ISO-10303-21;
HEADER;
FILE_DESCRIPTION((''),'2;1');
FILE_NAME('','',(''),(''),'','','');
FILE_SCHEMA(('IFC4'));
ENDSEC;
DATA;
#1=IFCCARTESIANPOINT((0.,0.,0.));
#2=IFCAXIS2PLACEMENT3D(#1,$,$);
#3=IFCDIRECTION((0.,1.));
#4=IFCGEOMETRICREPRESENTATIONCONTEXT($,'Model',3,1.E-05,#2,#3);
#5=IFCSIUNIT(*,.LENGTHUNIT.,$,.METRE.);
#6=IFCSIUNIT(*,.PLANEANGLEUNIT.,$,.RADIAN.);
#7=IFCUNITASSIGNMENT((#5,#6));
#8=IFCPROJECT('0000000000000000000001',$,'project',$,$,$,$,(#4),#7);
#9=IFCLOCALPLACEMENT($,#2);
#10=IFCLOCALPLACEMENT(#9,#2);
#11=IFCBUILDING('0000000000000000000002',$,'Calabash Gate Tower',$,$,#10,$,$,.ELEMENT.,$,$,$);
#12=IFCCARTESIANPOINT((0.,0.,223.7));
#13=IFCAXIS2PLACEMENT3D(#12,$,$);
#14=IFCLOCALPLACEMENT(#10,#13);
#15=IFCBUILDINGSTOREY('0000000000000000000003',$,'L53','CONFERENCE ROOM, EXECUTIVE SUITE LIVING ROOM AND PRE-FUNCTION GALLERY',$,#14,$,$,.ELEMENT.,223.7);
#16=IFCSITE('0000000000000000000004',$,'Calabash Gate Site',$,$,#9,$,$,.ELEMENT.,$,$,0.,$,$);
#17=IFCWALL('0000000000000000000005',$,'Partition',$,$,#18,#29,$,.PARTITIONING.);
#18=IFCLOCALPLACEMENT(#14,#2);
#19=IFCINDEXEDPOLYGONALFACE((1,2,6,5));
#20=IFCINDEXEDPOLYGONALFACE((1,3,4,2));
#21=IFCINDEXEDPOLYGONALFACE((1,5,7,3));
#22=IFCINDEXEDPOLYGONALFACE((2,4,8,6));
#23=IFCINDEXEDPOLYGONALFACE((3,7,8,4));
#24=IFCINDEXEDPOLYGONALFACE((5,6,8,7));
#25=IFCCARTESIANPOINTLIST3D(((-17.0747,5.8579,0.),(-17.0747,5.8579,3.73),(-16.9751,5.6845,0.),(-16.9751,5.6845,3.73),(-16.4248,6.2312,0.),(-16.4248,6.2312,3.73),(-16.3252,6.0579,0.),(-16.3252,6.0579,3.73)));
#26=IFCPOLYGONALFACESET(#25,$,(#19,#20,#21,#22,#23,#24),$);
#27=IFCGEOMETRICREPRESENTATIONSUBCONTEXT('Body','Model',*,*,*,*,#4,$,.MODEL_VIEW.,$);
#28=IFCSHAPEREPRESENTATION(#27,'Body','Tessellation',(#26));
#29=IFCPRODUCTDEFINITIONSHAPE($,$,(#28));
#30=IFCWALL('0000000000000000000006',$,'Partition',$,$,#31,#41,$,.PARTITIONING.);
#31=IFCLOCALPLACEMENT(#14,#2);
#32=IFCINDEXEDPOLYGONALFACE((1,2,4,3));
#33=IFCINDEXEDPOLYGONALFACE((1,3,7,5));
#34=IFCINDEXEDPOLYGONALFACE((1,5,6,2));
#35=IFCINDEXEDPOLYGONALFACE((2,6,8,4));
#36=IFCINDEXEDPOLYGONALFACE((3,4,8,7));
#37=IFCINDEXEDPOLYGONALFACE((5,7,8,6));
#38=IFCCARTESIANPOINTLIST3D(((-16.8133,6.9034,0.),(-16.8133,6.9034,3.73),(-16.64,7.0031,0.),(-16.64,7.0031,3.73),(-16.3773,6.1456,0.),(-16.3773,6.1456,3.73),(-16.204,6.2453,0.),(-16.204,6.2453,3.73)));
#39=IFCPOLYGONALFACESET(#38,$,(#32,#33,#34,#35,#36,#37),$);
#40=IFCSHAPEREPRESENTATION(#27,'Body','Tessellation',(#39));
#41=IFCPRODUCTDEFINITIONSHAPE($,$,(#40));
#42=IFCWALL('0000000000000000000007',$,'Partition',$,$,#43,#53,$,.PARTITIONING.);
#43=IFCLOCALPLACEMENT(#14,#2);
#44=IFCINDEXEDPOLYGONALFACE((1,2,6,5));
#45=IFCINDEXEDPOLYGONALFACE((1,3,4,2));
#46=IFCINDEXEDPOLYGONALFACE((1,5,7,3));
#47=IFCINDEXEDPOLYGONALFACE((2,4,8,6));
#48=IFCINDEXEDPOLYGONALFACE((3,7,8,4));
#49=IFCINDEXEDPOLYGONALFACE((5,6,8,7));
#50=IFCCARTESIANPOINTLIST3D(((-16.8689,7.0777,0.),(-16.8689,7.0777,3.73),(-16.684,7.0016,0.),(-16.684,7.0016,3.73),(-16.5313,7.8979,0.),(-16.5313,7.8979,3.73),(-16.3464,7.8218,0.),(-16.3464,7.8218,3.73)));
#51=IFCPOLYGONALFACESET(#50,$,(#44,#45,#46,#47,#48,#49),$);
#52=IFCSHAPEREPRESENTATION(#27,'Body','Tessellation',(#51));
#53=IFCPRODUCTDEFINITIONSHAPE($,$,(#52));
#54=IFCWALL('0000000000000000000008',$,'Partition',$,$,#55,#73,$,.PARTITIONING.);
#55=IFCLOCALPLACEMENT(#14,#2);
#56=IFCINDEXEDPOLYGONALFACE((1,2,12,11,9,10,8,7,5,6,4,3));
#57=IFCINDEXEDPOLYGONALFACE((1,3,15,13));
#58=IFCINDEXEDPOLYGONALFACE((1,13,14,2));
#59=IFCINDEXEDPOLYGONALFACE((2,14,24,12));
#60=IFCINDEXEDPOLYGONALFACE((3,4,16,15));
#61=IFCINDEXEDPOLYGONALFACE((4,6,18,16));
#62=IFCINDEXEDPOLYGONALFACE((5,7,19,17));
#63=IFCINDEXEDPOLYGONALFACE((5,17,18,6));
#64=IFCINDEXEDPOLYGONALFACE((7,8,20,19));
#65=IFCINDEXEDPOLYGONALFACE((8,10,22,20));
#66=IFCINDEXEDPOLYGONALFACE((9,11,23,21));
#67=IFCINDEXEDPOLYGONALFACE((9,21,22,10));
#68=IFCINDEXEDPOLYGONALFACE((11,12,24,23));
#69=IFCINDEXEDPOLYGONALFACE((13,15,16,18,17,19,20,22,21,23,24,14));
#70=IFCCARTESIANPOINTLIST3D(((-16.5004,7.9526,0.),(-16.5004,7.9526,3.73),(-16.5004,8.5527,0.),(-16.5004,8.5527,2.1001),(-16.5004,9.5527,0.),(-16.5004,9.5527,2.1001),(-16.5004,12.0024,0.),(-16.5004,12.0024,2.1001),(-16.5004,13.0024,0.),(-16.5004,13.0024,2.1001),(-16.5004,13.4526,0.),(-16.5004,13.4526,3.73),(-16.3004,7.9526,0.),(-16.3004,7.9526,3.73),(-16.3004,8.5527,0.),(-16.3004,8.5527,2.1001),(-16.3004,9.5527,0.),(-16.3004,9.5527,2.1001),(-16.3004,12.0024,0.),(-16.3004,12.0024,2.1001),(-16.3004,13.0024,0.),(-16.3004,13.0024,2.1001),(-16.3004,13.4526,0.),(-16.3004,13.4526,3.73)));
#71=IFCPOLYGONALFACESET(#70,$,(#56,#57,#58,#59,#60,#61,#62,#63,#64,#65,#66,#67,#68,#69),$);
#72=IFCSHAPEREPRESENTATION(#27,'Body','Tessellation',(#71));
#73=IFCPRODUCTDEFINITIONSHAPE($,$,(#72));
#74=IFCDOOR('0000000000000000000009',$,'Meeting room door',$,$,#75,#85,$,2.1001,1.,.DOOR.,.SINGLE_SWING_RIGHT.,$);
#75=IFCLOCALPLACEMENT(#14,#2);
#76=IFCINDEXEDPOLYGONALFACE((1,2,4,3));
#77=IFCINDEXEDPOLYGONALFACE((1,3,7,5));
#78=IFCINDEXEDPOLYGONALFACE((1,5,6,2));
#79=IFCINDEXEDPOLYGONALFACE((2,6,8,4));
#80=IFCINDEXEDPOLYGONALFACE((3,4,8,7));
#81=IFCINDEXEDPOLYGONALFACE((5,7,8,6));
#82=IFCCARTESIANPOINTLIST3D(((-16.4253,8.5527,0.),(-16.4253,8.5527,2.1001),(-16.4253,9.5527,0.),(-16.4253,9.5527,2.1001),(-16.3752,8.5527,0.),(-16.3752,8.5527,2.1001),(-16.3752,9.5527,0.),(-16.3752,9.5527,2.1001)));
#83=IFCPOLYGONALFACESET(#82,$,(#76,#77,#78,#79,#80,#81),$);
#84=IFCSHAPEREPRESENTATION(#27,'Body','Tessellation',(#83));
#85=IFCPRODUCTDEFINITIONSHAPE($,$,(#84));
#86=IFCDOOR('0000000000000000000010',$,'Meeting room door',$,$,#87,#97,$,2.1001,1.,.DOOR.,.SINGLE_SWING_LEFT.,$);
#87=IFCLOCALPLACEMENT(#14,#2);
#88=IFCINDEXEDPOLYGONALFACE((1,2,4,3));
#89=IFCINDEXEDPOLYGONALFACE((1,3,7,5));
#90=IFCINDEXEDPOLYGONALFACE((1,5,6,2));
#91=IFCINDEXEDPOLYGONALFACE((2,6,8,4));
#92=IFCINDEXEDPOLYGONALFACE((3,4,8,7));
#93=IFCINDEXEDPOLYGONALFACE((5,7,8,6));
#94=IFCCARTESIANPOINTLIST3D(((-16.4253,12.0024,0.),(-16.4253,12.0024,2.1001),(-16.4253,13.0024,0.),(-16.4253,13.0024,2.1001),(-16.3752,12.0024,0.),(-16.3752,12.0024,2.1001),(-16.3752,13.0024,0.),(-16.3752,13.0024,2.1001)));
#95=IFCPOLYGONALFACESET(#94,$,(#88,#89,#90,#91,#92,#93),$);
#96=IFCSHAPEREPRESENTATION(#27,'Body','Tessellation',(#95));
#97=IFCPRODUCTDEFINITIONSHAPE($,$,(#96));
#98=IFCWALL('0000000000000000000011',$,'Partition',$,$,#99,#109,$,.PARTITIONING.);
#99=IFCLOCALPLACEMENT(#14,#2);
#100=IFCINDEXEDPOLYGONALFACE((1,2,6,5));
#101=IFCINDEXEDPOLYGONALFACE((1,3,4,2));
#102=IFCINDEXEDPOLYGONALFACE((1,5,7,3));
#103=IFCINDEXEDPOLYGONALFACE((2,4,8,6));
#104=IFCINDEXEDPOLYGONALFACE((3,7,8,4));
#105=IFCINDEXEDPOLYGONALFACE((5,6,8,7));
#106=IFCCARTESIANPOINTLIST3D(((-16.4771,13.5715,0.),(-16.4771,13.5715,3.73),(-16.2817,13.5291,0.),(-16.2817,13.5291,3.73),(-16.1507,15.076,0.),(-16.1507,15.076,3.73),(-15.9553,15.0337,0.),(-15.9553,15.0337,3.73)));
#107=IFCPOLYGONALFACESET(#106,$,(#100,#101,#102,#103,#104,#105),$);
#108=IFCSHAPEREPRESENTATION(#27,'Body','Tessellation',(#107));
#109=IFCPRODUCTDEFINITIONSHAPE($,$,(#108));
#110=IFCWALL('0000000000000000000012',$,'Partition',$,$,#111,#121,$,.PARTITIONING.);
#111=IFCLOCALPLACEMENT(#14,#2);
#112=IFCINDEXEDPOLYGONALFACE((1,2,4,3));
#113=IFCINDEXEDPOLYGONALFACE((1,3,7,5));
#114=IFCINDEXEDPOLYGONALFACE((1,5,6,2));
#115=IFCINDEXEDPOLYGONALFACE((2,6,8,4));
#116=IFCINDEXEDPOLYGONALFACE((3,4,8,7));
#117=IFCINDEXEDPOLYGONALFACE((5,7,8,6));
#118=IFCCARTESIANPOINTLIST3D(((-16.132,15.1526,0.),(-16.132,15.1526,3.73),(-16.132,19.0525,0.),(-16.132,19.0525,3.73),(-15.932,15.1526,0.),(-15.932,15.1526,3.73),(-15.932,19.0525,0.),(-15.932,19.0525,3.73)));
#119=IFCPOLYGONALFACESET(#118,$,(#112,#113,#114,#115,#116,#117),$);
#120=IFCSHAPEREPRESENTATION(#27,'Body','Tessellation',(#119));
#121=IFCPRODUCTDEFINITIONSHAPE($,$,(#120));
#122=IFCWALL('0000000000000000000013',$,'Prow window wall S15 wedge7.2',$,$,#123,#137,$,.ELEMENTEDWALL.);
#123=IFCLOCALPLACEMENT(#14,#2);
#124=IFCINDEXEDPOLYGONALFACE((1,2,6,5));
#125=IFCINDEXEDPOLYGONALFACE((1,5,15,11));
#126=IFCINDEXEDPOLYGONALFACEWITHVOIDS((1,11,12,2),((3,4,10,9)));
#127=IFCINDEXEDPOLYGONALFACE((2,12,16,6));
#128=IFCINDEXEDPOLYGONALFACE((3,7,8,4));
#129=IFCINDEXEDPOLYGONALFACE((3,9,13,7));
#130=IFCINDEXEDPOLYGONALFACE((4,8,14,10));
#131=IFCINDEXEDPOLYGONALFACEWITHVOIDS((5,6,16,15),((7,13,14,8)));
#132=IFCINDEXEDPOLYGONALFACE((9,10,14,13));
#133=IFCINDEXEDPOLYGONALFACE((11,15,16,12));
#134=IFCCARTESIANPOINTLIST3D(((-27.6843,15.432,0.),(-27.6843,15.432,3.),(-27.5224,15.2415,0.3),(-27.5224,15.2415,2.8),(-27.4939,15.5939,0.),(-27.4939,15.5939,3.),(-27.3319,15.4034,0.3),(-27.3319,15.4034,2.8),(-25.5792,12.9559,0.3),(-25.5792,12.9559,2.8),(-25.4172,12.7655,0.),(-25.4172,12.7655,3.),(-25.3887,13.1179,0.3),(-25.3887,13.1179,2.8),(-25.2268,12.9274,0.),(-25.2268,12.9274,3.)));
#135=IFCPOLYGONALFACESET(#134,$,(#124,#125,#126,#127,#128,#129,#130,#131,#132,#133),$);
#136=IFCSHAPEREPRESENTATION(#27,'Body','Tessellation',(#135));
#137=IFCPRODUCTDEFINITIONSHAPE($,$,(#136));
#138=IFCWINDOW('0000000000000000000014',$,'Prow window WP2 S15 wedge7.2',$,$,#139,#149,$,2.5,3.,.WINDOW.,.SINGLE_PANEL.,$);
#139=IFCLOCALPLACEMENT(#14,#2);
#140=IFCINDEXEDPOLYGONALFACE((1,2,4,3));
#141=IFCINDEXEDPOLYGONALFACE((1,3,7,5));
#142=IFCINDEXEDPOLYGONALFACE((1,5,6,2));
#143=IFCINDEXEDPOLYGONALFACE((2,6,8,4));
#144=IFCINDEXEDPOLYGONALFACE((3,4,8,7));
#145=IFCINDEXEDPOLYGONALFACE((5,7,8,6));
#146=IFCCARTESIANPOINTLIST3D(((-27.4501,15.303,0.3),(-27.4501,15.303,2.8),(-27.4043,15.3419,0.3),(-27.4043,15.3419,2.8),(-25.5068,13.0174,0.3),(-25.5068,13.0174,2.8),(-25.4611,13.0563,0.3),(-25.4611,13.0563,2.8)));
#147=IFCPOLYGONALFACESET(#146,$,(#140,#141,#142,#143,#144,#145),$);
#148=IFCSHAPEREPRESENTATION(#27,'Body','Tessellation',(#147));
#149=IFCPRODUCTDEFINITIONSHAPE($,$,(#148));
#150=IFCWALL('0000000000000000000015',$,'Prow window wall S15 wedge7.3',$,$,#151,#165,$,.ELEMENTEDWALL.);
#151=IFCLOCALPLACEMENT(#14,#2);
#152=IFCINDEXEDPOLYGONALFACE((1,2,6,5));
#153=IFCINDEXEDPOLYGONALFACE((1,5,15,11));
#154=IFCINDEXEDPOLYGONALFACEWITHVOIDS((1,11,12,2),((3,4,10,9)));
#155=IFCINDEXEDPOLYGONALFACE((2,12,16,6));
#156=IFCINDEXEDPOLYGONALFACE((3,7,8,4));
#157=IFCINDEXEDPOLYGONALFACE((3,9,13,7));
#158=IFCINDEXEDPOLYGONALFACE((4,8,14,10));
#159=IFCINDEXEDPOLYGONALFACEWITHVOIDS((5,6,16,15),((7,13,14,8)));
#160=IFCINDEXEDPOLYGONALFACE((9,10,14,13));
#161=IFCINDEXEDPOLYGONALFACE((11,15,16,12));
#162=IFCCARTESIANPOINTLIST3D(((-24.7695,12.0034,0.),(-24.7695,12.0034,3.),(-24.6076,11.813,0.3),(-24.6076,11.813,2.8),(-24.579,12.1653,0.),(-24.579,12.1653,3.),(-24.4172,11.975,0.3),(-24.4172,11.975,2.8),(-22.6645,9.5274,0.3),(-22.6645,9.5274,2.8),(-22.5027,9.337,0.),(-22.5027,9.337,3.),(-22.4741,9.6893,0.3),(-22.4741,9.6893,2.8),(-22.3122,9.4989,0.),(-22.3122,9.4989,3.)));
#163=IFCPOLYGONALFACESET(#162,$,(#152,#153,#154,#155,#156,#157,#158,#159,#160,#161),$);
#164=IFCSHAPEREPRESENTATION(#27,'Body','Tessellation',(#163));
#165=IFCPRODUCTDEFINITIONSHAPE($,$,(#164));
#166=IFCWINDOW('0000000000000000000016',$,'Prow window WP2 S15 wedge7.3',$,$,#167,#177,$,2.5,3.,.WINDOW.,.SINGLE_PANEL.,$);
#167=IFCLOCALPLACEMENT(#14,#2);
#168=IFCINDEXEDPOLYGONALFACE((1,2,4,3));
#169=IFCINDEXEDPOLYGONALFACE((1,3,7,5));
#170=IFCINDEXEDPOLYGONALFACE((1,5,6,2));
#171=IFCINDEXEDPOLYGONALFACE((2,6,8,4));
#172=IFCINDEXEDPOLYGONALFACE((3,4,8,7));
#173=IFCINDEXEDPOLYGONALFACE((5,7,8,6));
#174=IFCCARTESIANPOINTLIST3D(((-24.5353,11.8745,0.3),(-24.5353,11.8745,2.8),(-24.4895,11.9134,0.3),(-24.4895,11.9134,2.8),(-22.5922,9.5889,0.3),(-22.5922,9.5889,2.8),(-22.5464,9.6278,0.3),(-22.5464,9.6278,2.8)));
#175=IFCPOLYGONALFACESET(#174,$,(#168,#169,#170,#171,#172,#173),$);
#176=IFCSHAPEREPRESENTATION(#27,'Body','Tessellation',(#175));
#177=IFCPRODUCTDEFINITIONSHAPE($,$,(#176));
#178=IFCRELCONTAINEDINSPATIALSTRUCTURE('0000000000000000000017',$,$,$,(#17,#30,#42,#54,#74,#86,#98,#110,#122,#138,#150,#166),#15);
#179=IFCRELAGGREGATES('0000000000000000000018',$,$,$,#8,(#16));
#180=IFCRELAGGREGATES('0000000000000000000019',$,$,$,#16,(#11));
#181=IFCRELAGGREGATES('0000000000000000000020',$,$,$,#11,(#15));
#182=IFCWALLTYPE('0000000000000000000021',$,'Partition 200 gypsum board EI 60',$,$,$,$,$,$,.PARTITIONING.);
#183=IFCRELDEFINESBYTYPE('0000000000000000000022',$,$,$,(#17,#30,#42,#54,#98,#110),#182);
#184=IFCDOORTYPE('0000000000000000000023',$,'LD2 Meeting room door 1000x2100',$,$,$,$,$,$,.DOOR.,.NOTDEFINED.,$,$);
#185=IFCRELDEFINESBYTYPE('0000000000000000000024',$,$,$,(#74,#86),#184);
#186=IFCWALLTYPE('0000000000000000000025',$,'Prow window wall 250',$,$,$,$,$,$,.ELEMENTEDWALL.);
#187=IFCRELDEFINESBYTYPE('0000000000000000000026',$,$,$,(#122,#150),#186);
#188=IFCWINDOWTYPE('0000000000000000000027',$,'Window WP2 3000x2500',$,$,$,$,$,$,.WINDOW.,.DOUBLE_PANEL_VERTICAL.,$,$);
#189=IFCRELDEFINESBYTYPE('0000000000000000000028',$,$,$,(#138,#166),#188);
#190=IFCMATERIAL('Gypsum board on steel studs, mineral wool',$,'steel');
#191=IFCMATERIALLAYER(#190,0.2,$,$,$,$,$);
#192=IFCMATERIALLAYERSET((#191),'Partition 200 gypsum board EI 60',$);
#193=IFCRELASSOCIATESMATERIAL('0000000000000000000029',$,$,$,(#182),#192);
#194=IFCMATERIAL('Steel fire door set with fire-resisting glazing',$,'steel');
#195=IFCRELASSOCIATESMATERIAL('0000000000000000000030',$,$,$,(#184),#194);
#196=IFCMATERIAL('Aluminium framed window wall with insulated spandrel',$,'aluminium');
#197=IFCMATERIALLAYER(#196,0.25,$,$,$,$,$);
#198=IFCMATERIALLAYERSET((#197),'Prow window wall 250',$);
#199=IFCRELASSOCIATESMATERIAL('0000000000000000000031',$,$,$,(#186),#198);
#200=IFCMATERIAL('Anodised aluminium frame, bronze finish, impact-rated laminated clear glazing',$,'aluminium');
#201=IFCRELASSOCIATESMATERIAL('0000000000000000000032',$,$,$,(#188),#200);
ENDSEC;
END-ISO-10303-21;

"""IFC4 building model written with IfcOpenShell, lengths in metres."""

from ifc_helpers import new_model, si_unit, direction, frame, frame_2d, origin, place, context, subcontext, project, spatial, rectangle, extrude, material, layer, layer_set, type_object, element, fill, save


model = new_model("IFC4")

# Units and contexts
model_context = context("Model", 3, precision=1e-05, world=origin(), true_north=direction((0.0, 1.0)))
body_context = subcontext(model_context, "Body", "Model", "MODEL_VIEW")
ifc_project = project(units=[si_unit("LENGTHUNIT", "METRE"), si_unit("PLANEANGLEUNIT", "RADIAN")], contexts=[model_context])

# Site, building, storey
site_placement = place(None, origin())
site = spatial("IfcSite", under=ifc_project, at=site_placement, Name="Calabash Gate Site", CompositionType="ELEMENT", RefElevation=0.0)
building_placement = place(site_placement, origin())
building = spatial("IfcBuilding", under=site, at=building_placement, Name="Calabash Gate Tower", CompositionType="ELEMENT")
storey_placement = place(building_placement, frame((0.0, 0.0, 223.7)))
storey = spatial("IfcBuildingStorey", under=building, at=storey_placement, Name="L53", Description="CONFERENCE ROOM, EXECUTIVE SUITE LIVING ROOM AND PRE-FUNCTION GALLERY", CompositionType="ELEMENT", Elevation=223.7)

# Walls
ifc_material_1 = material(Name="Gypsum board on steel studs, mineral wool", Category="steel")
ifc_layer_1 = layer(ifc_material_1, 0.2)
ifc_layer_set_1 = layer_set([ifc_layer_1], Name="Partition 200 gypsum board EI 60")
wall_type_1 = type_object("IfcWallType", Name="Partition 200 gypsum board EI 60", PredefinedType="PARTITIONING", material=ifc_layer_set_1)
wall_1_placement = place(storey_placement, frame((-17.0249, 5.7712, 0.0), z_axis=(0.0, 0.0, 1.0), x_axis=(0.867138, 0.498067, 0.0)))
element("IfcWall", 1, at=wall_1_placement, inside=storey, type_object=wall_type_1, Name="Partition", PredefinedType="PARTITIONING", context=body_context, shape_type="SweptSolid", body=[
    extrude(rectangle(XDim=0.7495, YDim=0.2, at=frame_2d((0.3748, 0.0))), origin(), (0.0, 0.0, 1.0), 3.73),
])
wall_2_placement = place(storey_placement, frame((-16.7266, 6.9531, 0.0), z_axis=(0.0, 0.0, 1.0), x_axis=(0.498723, -0.866761, 0.0)))
element("IfcWall", 2, at=wall_2_placement, inside=storey, type_object=wall_type_1, Name="Partition", PredefinedType="PARTITIONING", context=body_context, shape_type="SweptSolid", body=[
    extrude(rectangle(XDim=0.8743, YDim=0.2, at=frame_2d((0.437, 0.0))), origin(), (0.0, 0.0, 1.0), 3.73),
])
wall_3_placement = place(storey_placement, frame((-16.7764, 7.0398, 0.0), z_axis=(0.0, 0.0, 1.0), x_axis=(0.380625, 0.924729, 0.0)))
element("IfcWall", 3, at=wall_3_placement, inside=storey, type_object=wall_type_1, Name="Partition", PredefinedType="PARTITIONING", context=body_context, shape_type="SweptSolid", body=[
    extrude(rectangle(XDim=0.887, YDim=0.2, at=frame_2d((0.4434, 0.0))), origin(), (0.0, 0.0, 1.0), 3.73),
])

# Wall, openings, doors
wall_4_placement = place(storey_placement, frame((-16.4004, 7.9526, 0.0), z_axis=(0.0, 0.0, 1.0), x_axis=(0.0, 1.0, 0.0)))
wall_4 = element("IfcWall", 4, at=wall_4_placement, inside=storey, type_object=wall_type_1, Name="Partition", PredefinedType="PARTITIONING", context=body_context, shape_type="SweptSolid", body=[
    extrude(rectangle(XDim=5.5, YDim=0.2, at=frame_2d((2.75, 0.0))), origin(), (0.0, 0.0, 1.0), 3.73),
])
opening_1_placement = place(wall_4_placement, frame((0.6001, 0.0, 0.0)))
opening_1 = element("IfcOpeningElement", 5, at=opening_1_placement, cuts=wall_4, PredefinedType="OPENING", context=body_context, shape_type="SweptSolid", body=[
    extrude(rectangle(XDim=1.0, YDim=2.1001, at=frame_2d((0.5, 1.05))), frame((0.0, 0.1099, 0.0), z_axis=(0.0, -1.0, 0.0), x_axis=(1.0, 0.0, 0.0)), (0.0, 0.0, 1.0), 0.22),
])
opening_2_placement = place(wall_4_placement, frame((4.0498, 0.0, 0.0)))
opening_2 = element("IfcOpeningElement", 6, at=opening_2_placement, cuts=wall_4, PredefinedType="OPENING", context=body_context, shape_type="SweptSolid", body=[
    extrude(rectangle(XDim=1.0, YDim=2.1001, at=frame_2d((0.5, 1.05))), frame((0.0, 0.1099, 0.0), z_axis=(0.0, -1.0, 0.0), x_axis=(1.0, 0.0, 0.0)), (0.0, 0.0, 1.0), 0.22),
])
ifc_material_2 = material(Name="Steel fire door set with fire-resisting glazing", Category="steel")
door_type = type_object("IfcDoorType", Name="LD2 Meeting room door 1000x2100", OperationType="NOTDEFINED", PredefinedType="DOOR", material=ifc_material_2)
door_1_placement = place(opening_1_placement, origin())
door_1 = element("IfcDoor", 7, at=door_1_placement, inside=storey, type_object=door_type, Name="Meeting room door", OperationType="SINGLE_SWING_RIGHT", OverallHeight=2.1001, OverallWidth=1.0, PredefinedType="DOOR", context=body_context, shape_type="SweptSolid", body=[
    extrude(rectangle(XDim=1.0, YDim=2.1001, at=frame_2d((0.5, 1.05))), frame((0.0, 0.0249, 0.0), z_axis=(0.0, -1.0, 0.0), x_axis=(1.0, 0.0, 0.0)), (0.0, 0.0, 1.0), 0.05),
])
fill(opening_1, door_1)
door_2_placement = place(opening_2_placement, origin())
door_2 = element("IfcDoor", 8, at=door_2_placement, inside=storey, type_object=door_type, Name="Meeting room door", OperationType="SINGLE_SWING_LEFT", OverallHeight=2.1001, OverallWidth=1.0, PredefinedType="DOOR", context=body_context, shape_type="SweptSolid", body=[
    extrude(rectangle(XDim=1.0, YDim=2.1001, at=frame_2d((0.5, 1.05))), frame((0.0, 0.0249, 0.0), z_axis=(0.0, -1.0, 0.0), x_axis=(1.0, 0.0, 0.0)), (0.0, 0.0, 1.0), 0.05),
])
fill(opening_2, door_2)

# Walls
wall_5_placement = place(storey_placement, frame((-16.3794, 13.5503, 0.0), z_axis=(0.0, 0.0, 1.0), x_axis=(0.212008, 0.977268, 0.0)))
element("IfcWall", 9, at=wall_5_placement, inside=storey, type_object=wall_type_1, Name="Partition", PredefinedType="PARTITIONING", context=body_context, shape_type="SweptSolid", body=[
    extrude(rectangle(XDim=1.5396, YDim=0.2, at=frame_2d((0.7698, 0.0))), origin(), (0.0, 0.0, 1.0), 3.73),
])
wall_6_placement = place(storey_placement, frame((-16.032, 15.1526, 0.0), z_axis=(0.0, 0.0, 1.0), x_axis=(0.0, 1.0, 0.0)))
element("IfcWall", 10, at=wall_6_placement, inside=storey, type_object=wall_type_1, Name="Partition", PredefinedType="PARTITIONING", context=body_context, shape_type="SweptSolid", body=[
    extrude(rectangle(XDim=3.8999, YDim=0.2, at=frame_2d((1.95, 0.0))), origin(), (0.0, 0.0, 1.0), 3.73),
])

# Walls, openings, windows
ifc_material_3 = material(Name="Aluminium framed window wall with insulated spandrel", Category="aluminium")
ifc_layer_2 = layer(ifc_material_3, 0.25)
ifc_layer_set_2 = layer_set([ifc_layer_2], Name="Prow window wall 250")
wall_type_2 = type_object("IfcWallType", Name="Prow window wall 250", PredefinedType="ELEMENTEDWALL", material=ifc_layer_set_2)
wall_7_placement = place(storey_placement, frame((-27.5891, 15.5129, 0.0), z_axis=(0.0, 0.0, 1.0), x_axis=(0.647742, -0.76186, 0.0)))
wall_7 = element("IfcWall", 11, at=wall_7_placement, inside=storey, type_object=wall_type_2, Name="Prow window wall S15 wedge7.2", PredefinedType="ELEMENTEDWALL", context=body_context, shape_type="SweptSolid", body=[
    extrude(rectangle(XDim=3.5, YDim=0.25, at=frame_2d((1.75, 0.0))), origin(), (0.0, 0.0, 1.0), 3.0),
])
opening_3_placement = place(wall_7_placement, frame((0.25, 0.0, 0.3)))
opening_3 = element("IfcOpeningElement", 12, at=opening_3_placement, cuts=wall_7, PredefinedType="OPENING", context=body_context, shape_type="SweptSolid", body=[
    extrude(rectangle(XDim=3.0, YDim=2.5, at=frame_2d((1.5, 1.25))), frame((0.0, 0.135, 0.0), z_axis=(0.0, -1.0, 0.0), x_axis=(1.0, 0.0, 0.0)), (0.0, 0.0, 1.0), 0.27),
])
ifc_material_4 = material(Name="Anodised aluminium frame, bronze finish, impact-rated laminated clear glazing", Category="aluminium")
window_type = type_object("IfcWindowType", Name="Window WP2 3000x2500", PartitioningType="DOUBLE_PANEL_VERTICAL", PredefinedType="WINDOW", material=ifc_material_4)
window_1_placement = place(opening_3_placement, origin())
window_1 = element("IfcWindow", 13, at=window_1_placement, inside=storey, type_object=window_type, Name="Prow window WP2 S15 wedge7.2", OverallHeight=2.5, OverallWidth=3.0, PartitioningType="SINGLE_PANEL", PredefinedType="WINDOW", context=body_context, shape_type="SweptSolid", body=[
    extrude(rectangle(XDim=3.0, YDim=2.5, at=frame_2d((1.5, 1.25))), frame((0.0, 0.03, 0.0), z_axis=(0.0, -1.0, 0.0), x_axis=(1.0, 0.0, 0.0)), (0.0, 0.0, 1.0), 0.0601),
])
fill(opening_3, window_1)
wall_8_placement = place(storey_placement, frame((-24.6743, 12.0845, 0.0), z_axis=(0.0, 0.0, 1.0), x_axis=(0.647701, -0.761895, 0.0)))
wall_8 = element("IfcWall", 14, at=wall_8_placement, inside=storey, type_object=wall_type_2, Name="Prow window wall S15 wedge7.3", PredefinedType="ELEMENTEDWALL", context=body_context, shape_type="SweptSolid", body=[
    extrude(rectangle(XDim=3.4998, YDim=0.25, at=frame_2d((1.75, 0.0))), origin(), (0.0, 0.0, 1.0), 3.0),
])
opening_4_placement = place(wall_8_placement, frame((0.25, 0.0, 0.3)))
opening_4 = element("IfcOpeningElement", 15, at=opening_4_placement, cuts=wall_8, PredefinedType="OPENING", context=body_context, shape_type="SweptSolid", body=[
    extrude(rectangle(XDim=3.0, YDim=2.5, at=frame_2d((1.5, 1.25))), frame((0.0, 0.135, 0.0), z_axis=(0.0, -1.0, 0.0), x_axis=(1.0, 0.0, 0.0)), (0.0, 0.0, 1.0), 0.27),
])
window_2_placement = place(opening_4_placement, origin())
window_2 = element("IfcWindow", 16, at=window_2_placement, inside=storey, type_object=window_type, Name="Prow window WP2 S15 wedge7.3", OverallHeight=2.5, OverallWidth=3.0, PartitioningType="SINGLE_PANEL", PredefinedType="WINDOW", context=body_context, shape_type="SweptSolid", body=[
    extrude(rectangle(XDim=3.0, YDim=2.5, at=frame_2d((1.5, 1.25))), frame((0.0, 0.03, 0.0), z_axis=(0.0, -1.0, 0.0), x_axis=(1.0, 0.0, 0.0)), (0.0, 0.0, 1.0), 0.0601),
])
fill(opening_4, window_2)

save(model, "model.ifc")
